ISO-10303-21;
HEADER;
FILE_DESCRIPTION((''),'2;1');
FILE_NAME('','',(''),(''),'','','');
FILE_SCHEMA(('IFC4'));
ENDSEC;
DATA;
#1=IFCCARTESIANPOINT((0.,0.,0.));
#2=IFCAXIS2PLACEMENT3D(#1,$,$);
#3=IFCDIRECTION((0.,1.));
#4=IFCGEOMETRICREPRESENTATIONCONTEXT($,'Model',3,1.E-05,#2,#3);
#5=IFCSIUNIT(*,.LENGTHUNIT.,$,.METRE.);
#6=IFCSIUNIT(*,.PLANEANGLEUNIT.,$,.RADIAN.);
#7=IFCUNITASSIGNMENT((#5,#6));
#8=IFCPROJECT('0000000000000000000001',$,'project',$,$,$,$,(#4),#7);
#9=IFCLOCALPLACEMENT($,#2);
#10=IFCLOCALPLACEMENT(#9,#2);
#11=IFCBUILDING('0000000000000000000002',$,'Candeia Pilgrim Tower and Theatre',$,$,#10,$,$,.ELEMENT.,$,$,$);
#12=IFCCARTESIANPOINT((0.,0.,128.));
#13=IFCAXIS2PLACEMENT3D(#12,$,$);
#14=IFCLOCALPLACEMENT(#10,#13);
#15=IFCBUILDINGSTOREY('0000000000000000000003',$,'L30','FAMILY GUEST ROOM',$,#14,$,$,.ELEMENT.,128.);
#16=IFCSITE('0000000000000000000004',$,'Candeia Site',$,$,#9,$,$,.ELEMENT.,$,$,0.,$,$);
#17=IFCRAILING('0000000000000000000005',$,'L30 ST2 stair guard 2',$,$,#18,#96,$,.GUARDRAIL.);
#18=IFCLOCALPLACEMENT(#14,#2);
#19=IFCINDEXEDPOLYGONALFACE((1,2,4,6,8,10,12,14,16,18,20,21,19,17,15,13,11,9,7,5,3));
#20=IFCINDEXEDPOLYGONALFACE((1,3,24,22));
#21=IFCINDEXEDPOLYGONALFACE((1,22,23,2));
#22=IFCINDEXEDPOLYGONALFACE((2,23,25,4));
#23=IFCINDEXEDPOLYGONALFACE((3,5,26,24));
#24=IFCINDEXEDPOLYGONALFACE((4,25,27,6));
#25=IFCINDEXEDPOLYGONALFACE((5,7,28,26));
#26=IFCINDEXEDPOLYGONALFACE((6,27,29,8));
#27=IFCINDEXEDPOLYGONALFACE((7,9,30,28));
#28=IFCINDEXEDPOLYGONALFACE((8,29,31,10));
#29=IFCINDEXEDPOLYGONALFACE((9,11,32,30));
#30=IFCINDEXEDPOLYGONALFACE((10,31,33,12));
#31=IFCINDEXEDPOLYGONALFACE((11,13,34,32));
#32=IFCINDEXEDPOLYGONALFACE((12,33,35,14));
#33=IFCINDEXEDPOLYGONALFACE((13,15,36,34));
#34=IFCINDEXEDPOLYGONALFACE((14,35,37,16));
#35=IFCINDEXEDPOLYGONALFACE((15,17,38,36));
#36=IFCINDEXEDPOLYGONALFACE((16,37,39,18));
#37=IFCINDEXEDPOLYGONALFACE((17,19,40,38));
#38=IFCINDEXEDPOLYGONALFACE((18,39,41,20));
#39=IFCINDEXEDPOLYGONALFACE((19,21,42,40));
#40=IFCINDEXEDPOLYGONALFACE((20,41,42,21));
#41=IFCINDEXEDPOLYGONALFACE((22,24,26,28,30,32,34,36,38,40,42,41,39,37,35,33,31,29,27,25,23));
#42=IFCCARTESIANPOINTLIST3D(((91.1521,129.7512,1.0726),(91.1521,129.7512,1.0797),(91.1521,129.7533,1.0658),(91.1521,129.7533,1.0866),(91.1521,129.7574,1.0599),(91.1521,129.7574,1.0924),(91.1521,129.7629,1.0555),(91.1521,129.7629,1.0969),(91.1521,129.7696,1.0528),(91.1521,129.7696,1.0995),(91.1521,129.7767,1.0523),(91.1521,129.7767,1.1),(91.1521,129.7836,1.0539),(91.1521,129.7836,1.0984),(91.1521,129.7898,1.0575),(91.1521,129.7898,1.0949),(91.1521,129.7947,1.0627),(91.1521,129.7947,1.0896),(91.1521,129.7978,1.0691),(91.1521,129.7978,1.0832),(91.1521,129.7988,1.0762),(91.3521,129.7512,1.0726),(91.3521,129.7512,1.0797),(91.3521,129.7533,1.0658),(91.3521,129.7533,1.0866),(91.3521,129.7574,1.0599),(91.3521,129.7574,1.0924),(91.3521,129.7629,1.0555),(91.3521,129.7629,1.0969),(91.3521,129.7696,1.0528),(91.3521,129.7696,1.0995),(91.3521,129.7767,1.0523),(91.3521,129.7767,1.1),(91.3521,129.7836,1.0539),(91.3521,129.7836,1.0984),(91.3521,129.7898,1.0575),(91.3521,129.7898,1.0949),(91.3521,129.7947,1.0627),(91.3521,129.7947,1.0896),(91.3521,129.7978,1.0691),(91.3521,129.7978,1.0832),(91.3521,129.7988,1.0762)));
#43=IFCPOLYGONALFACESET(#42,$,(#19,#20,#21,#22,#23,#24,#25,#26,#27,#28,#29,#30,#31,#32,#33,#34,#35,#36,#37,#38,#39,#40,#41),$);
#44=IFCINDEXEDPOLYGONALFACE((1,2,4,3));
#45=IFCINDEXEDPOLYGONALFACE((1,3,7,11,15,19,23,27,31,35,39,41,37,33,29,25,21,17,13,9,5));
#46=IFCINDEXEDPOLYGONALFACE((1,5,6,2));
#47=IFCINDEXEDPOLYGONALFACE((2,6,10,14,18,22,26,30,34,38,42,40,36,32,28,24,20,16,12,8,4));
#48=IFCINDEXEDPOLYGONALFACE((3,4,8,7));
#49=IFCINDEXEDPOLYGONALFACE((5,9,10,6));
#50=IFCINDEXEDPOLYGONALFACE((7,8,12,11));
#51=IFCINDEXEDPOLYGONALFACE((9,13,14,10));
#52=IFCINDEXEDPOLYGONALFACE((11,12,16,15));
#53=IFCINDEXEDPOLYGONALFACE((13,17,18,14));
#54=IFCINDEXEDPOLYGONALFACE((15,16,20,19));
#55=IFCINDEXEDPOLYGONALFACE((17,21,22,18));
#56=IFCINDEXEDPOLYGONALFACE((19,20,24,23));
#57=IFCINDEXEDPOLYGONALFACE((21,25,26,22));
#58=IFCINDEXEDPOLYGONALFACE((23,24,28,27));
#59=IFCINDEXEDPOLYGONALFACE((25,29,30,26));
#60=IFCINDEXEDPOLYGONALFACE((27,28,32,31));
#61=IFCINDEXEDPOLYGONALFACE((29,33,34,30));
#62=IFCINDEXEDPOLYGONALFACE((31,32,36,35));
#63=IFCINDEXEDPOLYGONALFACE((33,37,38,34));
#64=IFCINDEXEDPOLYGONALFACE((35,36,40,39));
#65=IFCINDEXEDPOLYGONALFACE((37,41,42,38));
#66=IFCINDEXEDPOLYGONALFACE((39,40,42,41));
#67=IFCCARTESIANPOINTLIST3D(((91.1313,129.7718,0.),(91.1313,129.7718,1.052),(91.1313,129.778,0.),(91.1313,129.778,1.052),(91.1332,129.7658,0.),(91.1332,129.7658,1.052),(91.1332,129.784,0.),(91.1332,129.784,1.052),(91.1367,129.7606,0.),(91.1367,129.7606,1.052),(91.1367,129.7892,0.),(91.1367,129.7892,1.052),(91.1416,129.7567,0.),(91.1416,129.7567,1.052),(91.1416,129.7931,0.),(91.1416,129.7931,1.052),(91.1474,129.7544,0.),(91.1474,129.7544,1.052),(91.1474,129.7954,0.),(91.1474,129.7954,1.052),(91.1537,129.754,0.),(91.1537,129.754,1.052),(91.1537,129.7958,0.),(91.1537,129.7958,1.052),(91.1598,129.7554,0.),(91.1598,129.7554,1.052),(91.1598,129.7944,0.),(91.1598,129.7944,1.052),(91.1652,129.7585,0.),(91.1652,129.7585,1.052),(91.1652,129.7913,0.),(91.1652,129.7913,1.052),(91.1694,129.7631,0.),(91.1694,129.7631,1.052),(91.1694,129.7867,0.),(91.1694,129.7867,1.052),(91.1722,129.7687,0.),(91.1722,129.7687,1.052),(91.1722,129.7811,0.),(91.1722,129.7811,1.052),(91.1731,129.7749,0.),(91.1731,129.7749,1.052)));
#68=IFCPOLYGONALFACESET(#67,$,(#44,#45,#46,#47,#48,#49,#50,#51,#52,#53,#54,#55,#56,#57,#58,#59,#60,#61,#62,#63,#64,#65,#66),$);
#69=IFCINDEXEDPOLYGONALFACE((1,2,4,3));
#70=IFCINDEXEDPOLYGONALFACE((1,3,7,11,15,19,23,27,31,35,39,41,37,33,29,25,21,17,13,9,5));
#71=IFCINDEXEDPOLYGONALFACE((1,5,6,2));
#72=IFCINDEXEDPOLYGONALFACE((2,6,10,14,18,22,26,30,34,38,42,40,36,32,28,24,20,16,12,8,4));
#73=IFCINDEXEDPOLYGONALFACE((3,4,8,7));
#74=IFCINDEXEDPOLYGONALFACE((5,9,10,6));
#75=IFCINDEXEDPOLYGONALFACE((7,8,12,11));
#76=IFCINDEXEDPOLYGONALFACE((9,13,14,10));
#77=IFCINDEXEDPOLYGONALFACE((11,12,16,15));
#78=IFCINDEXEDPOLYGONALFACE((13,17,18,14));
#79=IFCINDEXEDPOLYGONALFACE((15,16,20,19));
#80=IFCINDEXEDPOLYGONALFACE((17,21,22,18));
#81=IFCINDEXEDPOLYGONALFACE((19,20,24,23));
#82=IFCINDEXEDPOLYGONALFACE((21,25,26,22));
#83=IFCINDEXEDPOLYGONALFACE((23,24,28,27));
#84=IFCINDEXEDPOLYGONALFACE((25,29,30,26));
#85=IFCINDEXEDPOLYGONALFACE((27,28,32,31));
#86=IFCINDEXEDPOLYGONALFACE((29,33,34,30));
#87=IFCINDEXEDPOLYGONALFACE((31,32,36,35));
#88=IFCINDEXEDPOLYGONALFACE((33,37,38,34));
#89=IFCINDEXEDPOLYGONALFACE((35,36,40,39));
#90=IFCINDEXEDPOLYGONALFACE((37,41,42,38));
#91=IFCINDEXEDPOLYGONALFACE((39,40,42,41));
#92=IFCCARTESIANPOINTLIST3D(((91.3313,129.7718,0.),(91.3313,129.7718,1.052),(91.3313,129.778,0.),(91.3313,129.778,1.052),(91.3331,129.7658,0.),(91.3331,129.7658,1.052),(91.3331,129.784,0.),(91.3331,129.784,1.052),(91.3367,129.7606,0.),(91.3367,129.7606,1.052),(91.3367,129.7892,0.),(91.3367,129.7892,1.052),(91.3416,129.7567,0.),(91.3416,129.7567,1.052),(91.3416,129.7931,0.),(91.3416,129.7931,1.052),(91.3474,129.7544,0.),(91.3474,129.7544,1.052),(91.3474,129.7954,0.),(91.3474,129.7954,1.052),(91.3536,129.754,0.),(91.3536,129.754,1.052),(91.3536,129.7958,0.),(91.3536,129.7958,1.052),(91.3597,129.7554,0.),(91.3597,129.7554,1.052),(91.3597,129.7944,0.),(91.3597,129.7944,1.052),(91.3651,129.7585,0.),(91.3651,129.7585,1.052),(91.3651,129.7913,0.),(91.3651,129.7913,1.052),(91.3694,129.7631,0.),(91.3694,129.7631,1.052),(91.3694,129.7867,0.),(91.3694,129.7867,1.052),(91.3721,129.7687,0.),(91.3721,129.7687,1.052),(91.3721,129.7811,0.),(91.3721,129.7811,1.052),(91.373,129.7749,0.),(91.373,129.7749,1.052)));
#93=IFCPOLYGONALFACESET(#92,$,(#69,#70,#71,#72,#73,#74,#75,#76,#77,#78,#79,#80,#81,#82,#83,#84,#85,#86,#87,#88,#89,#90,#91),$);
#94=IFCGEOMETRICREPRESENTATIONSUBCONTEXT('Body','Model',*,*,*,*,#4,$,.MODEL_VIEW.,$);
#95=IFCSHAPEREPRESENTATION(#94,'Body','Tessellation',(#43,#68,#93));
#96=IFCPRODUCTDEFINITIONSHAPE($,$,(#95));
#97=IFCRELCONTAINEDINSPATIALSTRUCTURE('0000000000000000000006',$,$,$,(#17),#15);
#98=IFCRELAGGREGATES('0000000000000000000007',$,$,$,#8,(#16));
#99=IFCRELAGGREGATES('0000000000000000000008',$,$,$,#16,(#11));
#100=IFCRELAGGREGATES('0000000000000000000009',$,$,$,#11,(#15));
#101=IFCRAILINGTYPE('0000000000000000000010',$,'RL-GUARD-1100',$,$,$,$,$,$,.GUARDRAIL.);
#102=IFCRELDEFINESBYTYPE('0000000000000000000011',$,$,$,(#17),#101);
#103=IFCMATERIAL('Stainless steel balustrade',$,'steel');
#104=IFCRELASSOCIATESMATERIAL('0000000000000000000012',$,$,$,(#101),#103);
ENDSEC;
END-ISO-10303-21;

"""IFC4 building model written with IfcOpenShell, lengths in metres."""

from ifc_helpers import new_model, si_unit, direction, frame, origin, origin_2d, place, context, subcontext, project, spatial, circle, extrude, material, type_object, element, save


model = new_model("IFC4")

# Units and contexts
model_context = context("Model", 3, precision=1e-05, world=origin(), true_north=direction((0.0, 1.0)))
body_context = subcontext(model_context, "Body", "Model", "MODEL_VIEW")
ifc_project = project(units=[si_unit("LENGTHUNIT", "METRE"), si_unit("PLANEANGLEUNIT", "RADIAN")], contexts=[model_context])

# Site, building, storey
site_placement = place(None, origin())
site = spatial("IfcSite", under=ifc_project, at=site_placement, Name="Candeia Site", CompositionType="ELEMENT", RefElevation=0.0)
building_placement = place(site_placement, origin())
building = spatial("IfcBuilding", under=site, at=building_placement, Name="Candeia Pilgrim Tower and Theatre", CompositionType="ELEMENT")
storey_placement = place(building_placement, frame((0.0, 0.0, 128.0)))
storey = spatial("IfcBuildingStorey", under=building, at=storey_placement, Name="L30", Description="FAMILY GUEST ROOM", CompositionType="ELEMENT", Elevation=128.0)

# Shared definitions
ifc_material_1 = material(Name="Stainless steel balustrade", Category="steel")

# Railing
railing_type_1 = type_object("IfcRailingType", Name="RL-GUARD-1100", PredefinedType="GUARDRAIL", material=ifc_material_1)
railing_1_placement = place(storey_placement, frame((91.1521, 129.7749, 0.0)))
element("IfcRailing", 1, at=railing_1_placement, inside=storey, type_object=railing_type_1, Name="L30 ST2 stair guard 2", PredefinedType="GUARDRAIL", context=body_context, shape_type="SweptSolid", body=[
    extrude(circle(Radius=0.0239, at=origin_2d()), frame((0.0, 0.0, 1.0762), z_axis=(1.0, 0.0, 0.0), x_axis=(0.0, 1.0, 0.0)), (0.0, 0.0, 1.0), 0.2),
    extrude(circle(Radius=0.021, at=origin_2d()), origin(), (0.0, 0.0, 1.0), 1.052),
    extrude(circle(Radius=0.021, at=origin_2d()), frame((0.2, 0.0, 0.0)), (0.0, 0.0, 1.0), 1.052),
])

save(model, "model.ifc")
